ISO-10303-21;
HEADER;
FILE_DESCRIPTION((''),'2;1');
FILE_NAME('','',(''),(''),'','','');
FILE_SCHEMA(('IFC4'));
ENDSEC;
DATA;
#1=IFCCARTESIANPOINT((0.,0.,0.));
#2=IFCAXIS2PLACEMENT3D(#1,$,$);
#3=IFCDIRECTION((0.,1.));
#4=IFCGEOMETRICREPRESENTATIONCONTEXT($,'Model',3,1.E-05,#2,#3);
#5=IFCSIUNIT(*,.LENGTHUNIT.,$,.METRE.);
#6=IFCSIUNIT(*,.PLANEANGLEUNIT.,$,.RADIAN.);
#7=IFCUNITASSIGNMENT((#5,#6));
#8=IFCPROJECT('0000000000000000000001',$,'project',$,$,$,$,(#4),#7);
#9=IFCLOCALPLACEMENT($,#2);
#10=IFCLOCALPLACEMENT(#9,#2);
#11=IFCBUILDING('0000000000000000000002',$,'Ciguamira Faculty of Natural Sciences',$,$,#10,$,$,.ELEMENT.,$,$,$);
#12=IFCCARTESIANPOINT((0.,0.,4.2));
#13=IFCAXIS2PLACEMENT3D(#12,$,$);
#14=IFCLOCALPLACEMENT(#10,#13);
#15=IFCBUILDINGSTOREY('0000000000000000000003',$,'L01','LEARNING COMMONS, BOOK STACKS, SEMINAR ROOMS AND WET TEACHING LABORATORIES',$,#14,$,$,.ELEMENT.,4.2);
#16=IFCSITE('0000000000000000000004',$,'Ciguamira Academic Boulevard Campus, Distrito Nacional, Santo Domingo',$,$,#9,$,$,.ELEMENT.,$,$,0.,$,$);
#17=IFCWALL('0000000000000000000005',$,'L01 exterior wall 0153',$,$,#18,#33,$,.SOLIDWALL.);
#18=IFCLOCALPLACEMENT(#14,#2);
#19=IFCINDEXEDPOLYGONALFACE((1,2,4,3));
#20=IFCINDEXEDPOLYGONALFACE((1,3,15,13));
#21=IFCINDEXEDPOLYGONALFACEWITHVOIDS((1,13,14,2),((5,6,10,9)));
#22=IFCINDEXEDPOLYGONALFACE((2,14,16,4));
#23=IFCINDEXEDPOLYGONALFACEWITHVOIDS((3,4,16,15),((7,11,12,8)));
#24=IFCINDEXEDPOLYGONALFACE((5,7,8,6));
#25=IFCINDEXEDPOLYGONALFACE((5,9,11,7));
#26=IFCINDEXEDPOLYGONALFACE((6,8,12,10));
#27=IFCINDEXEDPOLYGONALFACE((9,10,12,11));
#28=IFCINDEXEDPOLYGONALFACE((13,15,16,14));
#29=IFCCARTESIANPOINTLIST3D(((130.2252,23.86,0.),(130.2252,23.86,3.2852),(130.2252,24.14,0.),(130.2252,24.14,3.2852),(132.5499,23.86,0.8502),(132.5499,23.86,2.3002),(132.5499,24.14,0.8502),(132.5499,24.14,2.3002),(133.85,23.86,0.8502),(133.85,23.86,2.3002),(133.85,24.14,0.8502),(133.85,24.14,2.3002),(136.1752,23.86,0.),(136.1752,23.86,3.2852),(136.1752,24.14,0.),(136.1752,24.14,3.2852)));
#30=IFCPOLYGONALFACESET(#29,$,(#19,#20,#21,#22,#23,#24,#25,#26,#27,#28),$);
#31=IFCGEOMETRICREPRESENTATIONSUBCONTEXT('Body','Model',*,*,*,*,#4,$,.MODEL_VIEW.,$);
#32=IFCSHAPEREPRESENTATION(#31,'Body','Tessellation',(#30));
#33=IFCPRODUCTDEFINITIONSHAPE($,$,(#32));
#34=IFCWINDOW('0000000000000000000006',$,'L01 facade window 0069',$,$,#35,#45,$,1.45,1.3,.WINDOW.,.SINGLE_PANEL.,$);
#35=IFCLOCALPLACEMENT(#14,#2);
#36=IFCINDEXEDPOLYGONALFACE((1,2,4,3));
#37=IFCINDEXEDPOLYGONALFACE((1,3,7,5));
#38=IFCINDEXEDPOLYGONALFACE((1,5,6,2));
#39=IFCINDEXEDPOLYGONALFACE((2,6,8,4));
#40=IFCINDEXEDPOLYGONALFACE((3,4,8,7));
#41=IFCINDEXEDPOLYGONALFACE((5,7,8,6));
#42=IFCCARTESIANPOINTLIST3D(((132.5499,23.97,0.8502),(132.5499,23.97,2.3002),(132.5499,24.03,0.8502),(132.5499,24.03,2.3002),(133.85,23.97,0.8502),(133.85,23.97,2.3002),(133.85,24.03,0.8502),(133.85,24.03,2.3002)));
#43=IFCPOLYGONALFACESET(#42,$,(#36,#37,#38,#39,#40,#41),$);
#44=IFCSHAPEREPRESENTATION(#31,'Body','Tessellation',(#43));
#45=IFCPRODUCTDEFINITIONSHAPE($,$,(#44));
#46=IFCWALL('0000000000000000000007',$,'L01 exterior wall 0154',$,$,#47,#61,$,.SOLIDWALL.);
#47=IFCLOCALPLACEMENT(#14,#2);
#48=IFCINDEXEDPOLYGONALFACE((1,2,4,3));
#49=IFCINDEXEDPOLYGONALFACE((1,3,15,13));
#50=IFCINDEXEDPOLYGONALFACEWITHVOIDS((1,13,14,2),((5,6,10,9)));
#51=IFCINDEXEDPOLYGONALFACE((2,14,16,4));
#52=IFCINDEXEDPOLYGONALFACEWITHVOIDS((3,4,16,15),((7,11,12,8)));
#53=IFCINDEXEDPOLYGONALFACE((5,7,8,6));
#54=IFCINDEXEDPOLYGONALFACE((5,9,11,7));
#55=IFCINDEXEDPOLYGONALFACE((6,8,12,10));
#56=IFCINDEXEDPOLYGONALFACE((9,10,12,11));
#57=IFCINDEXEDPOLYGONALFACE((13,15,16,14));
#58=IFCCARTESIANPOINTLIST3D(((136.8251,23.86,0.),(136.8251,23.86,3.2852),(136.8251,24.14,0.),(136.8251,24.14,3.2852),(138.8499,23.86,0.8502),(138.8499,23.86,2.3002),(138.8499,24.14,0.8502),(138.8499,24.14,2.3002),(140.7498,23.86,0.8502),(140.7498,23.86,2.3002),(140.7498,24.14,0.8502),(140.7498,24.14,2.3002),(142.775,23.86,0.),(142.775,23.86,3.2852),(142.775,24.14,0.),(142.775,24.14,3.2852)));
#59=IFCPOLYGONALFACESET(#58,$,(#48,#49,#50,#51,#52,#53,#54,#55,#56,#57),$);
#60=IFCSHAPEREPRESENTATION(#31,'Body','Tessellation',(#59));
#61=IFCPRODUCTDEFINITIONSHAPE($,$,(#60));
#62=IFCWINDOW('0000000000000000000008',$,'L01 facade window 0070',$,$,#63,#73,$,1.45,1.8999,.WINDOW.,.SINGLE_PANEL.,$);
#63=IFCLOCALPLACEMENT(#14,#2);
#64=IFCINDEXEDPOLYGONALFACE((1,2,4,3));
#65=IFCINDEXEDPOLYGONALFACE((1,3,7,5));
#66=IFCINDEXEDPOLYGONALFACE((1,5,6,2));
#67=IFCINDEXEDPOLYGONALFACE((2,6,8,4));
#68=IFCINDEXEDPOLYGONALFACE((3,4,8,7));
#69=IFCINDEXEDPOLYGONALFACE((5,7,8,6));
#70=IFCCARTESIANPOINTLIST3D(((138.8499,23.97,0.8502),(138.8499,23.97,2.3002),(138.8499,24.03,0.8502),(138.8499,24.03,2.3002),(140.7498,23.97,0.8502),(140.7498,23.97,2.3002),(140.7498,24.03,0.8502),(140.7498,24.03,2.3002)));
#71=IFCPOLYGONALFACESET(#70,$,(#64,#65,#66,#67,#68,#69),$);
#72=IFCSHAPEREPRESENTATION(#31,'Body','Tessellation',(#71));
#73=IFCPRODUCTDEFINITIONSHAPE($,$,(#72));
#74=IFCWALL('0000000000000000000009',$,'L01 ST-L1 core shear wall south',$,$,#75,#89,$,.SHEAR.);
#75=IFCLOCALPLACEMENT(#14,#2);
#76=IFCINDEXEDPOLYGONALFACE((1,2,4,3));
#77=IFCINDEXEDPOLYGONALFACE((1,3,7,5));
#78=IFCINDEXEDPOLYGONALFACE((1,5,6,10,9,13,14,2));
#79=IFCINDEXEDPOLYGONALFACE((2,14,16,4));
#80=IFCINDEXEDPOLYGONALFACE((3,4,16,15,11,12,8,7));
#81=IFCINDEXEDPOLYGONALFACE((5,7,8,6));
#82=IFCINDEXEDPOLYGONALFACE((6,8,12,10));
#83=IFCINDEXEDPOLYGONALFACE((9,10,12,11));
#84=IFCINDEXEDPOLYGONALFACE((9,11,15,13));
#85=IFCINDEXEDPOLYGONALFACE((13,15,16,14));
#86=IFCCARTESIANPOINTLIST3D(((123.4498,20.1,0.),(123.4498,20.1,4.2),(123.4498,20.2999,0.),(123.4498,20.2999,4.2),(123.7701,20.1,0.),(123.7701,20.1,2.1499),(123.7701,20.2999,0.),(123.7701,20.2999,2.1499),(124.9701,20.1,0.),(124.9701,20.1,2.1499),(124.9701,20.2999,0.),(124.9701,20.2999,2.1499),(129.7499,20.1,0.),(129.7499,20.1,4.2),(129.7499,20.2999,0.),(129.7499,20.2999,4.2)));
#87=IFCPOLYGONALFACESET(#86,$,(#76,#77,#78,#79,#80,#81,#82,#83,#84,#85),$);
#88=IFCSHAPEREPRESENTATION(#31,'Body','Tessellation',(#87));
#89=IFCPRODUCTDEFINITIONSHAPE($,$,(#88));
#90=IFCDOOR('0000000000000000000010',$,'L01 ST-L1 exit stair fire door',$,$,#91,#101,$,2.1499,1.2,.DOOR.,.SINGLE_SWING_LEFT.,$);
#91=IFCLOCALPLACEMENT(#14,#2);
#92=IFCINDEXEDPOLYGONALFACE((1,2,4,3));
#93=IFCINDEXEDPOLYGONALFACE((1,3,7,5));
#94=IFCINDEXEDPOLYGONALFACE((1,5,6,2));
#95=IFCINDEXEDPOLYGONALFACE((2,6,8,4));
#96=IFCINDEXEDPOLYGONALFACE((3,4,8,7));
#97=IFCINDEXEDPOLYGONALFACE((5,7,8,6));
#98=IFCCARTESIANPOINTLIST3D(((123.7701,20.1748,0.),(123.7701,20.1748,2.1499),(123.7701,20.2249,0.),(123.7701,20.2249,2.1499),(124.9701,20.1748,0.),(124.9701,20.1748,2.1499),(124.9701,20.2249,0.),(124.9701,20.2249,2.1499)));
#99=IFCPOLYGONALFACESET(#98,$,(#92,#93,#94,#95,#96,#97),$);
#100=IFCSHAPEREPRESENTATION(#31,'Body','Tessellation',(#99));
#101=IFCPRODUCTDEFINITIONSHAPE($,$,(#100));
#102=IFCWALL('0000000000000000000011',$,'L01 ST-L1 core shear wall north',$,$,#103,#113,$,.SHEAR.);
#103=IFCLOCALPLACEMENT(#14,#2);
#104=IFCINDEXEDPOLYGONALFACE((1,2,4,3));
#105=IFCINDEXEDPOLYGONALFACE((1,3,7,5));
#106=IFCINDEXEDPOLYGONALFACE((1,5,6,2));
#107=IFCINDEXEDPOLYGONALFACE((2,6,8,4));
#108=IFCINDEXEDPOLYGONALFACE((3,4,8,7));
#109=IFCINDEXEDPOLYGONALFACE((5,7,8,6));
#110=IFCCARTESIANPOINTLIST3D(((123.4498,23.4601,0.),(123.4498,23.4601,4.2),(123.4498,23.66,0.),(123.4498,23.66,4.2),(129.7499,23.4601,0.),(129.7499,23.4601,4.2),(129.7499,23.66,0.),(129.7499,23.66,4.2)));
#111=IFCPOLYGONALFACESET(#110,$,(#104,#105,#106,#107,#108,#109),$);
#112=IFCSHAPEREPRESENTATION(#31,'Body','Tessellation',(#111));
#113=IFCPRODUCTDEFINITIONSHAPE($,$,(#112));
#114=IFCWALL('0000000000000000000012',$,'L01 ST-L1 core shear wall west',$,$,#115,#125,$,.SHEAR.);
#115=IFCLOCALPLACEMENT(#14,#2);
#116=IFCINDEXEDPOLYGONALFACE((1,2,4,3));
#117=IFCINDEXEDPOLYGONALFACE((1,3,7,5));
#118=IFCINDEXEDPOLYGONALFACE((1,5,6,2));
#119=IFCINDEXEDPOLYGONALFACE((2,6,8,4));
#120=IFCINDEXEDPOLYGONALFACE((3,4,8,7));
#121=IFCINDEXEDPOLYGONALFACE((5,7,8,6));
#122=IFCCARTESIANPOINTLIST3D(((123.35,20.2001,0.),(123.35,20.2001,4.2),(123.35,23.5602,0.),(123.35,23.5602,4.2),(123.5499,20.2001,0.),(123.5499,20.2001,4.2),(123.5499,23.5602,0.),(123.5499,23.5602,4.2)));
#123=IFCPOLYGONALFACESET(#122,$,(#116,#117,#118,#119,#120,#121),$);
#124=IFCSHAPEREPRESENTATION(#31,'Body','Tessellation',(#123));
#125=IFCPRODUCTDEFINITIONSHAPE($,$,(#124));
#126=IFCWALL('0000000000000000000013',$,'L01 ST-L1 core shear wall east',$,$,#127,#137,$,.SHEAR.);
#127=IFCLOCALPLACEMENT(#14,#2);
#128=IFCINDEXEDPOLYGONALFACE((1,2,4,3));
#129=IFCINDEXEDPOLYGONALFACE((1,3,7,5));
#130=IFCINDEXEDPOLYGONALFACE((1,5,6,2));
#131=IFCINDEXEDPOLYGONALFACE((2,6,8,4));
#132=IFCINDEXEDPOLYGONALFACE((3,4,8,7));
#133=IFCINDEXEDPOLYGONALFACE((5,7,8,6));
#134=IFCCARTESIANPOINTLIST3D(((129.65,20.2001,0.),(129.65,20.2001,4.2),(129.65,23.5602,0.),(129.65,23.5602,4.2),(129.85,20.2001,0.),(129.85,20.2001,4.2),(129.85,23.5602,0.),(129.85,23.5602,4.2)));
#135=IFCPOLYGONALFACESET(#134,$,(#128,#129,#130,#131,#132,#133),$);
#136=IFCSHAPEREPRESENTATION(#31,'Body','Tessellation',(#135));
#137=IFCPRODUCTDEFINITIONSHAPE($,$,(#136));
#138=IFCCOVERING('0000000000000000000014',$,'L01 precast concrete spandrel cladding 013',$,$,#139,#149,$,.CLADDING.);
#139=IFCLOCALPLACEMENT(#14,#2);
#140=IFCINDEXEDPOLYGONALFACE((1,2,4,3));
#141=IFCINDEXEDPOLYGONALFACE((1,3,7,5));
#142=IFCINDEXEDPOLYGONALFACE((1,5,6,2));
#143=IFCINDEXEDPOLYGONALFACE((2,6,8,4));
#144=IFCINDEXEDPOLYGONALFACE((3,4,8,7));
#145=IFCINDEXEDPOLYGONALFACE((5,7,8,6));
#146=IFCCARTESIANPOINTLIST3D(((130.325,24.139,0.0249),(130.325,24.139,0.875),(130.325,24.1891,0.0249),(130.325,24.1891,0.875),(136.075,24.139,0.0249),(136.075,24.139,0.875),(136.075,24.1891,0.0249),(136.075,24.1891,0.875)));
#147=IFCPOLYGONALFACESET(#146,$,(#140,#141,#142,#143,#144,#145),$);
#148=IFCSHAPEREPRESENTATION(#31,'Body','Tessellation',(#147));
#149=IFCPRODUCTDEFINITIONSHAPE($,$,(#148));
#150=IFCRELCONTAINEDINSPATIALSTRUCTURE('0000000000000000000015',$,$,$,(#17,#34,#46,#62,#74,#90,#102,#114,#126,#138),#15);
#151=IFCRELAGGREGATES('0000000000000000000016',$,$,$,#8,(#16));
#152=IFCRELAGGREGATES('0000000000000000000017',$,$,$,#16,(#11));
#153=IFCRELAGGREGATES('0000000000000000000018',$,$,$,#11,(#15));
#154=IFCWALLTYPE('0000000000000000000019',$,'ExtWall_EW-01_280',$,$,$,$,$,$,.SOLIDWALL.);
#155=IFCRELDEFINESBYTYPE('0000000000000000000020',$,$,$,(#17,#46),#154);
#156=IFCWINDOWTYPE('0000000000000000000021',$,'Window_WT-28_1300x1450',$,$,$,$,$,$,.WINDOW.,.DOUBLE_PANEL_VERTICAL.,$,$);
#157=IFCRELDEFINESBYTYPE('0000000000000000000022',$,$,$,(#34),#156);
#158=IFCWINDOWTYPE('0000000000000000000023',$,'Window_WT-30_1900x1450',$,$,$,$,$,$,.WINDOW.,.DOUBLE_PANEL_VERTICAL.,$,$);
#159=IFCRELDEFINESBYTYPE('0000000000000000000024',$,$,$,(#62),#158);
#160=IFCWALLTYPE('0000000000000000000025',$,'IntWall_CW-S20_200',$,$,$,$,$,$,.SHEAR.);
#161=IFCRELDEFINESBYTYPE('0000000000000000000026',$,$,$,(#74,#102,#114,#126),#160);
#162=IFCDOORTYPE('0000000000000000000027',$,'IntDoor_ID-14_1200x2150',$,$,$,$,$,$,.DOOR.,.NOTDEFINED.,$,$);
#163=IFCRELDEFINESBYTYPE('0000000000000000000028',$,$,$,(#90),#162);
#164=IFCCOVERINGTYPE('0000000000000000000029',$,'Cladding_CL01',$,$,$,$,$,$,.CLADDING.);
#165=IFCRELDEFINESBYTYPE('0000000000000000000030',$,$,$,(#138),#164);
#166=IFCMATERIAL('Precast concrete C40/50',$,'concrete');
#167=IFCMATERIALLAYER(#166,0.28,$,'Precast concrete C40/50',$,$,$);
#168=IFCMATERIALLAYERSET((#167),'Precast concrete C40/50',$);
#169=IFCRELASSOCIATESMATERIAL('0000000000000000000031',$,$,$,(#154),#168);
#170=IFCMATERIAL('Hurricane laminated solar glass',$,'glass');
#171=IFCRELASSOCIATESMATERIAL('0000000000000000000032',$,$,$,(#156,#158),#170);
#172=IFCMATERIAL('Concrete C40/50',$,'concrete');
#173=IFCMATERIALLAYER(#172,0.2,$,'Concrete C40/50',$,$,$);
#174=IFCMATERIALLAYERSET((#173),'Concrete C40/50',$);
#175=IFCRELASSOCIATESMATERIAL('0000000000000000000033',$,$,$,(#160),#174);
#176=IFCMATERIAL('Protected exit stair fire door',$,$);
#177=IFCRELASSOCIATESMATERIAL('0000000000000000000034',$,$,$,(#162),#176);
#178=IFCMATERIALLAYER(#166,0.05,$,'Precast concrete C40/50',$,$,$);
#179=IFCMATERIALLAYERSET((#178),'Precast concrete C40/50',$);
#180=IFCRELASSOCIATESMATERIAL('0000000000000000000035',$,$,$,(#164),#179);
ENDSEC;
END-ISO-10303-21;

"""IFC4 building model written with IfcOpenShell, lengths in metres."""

from ifc_helpers import new_model, si_unit, direction, frame, frame_2d, origin, origin_2d, place, context, subcontext, project, spatial, rectangle, extrude, material, layer, layer_set, type_object, element, fill, save


model = new_model("IFC4")

# Units and contexts
model_context = context("Model", 3, precision=1e-05, world=origin(), true_north=direction((0.0, 1.0)))
body_context = subcontext(model_context, "Body", "Model", "MODEL_VIEW")
ifc_project = project(units=[si_unit("LENGTHUNIT", "METRE"), si_unit("PLANEANGLEUNIT", "RADIAN")], contexts=[model_context])

# Site, building, storey
site_placement = place(None, origin())
site = spatial("IfcSite", under=ifc_project, at=site_placement, Name="Ciguamira Academic Boulevard Campus, Distrito Nacional, Santo Domingo", CompositionType="ELEMENT", RefElevation=0.0)
building_placement = place(site_placement, origin())
building = spatial("IfcBuilding", under=site, at=building_placement, Name="Ciguamira Faculty of Natural Sciences", CompositionType="ELEMENT")
storey_placement = place(building_placement, frame((0.0, 0.0, 4.2)))
storey = spatial("IfcBuildingStorey", under=building, at=storey_placement, Name="L01", Description="LEARNING COMMONS, BOOK STACKS, SEMINAR ROOMS AND WET TEACHING LABORATORIES", CompositionType="ELEMENT", Elevation=4.2)

# Shared definitions
ifc_material_1 = material(Name="Concrete C40/50", Category="concrete")

# Walls, openings, windows
ifc_material_2 = material(Name="Precast concrete C40/50", Category="concrete")
ifc_layer_1 = layer(ifc_material_2, 0.28, Name="Precast concrete C40/50")
ifc_layer_set_1 = layer_set([ifc_layer_1], Name="Precast concrete C40/50")
wall_type_1 = type_object("IfcWallType", Name="ExtWall_EW-01_280", PredefinedType="SOLIDWALL", material=ifc_layer_set_1)
ifc_material_3 = material(Name="Hurricane laminated solar glass", Category="glass")
wall_1_placement = place(storey_placement, frame((130.2251, 24.0, 0.0), z_axis=(0.0, 0.0, 1.0), x_axis=(1.0, 0.0, 0.0)))
wall_1 = element("IfcWall", 1, at=wall_1_placement, inside=storey, type_object=wall_type_1, Name="L01 exterior wall 0153", PredefinedType="SOLIDWALL", context=body_context, shape_type="SweptSolid", body=[
    extrude(rectangle(XDim=5.95, YDim=0.28, at=frame_2d((2.9751, 0.0))), origin(), (0.0, 0.0, 1.0), 3.2852),
])
opening_1_placement = place(wall_1_placement, frame((2.325, 0.0, 0.8501)))
opening_1 = element("IfcOpeningElement", 2, at=opening_1_placement, cuts=wall_1, PredefinedType="OPENING", context=body_context, shape_type="SweptSolid", body=[
    extrude(rectangle(XDim=1.3, YDim=1.45, at=frame_2d((0.6499, 0.7251))), frame((0.0, 0.1499, 0.0), z_axis=(0.0, -1.0, 0.0), x_axis=(1.0, 0.0, 0.0)), (0.0, 0.0, 1.0), 0.3),
])
window_type_1 = type_object("IfcWindowType", Name="Window_WT-28_1300x1450", PartitioningType="DOUBLE_PANEL_VERTICAL", PredefinedType="WINDOW", material=ifc_material_3)
window_1_placement = place(opening_1_placement, origin())
window_1 = element("IfcWindow", 3, at=window_1_placement, inside=storey, type_object=window_type_1, Name="L01 facade window 0069", OverallHeight=1.45, OverallWidth=1.3, PartitioningType="SINGLE_PANEL", PredefinedType="WINDOW", context=body_context, shape_type="SweptSolid", body=[
    extrude(rectangle(XDim=1.3, YDim=1.45, at=frame_2d((0.6499, 0.7251))), frame((0.0, 0.03, 0.0), z_axis=(0.0, -1.0, 0.0), x_axis=(1.0, 0.0, 0.0)), (0.0, 0.0, 1.0), 0.0601),
])
fill(opening_1, window_1)
wall_2_placement = place(storey_placement, frame((136.825, 24.0, 0.0), z_axis=(0.0, 0.0, 1.0), x_axis=(1.0, 0.0, 0.0)))
wall_2 = element("IfcWall", 4, at=wall_2_placement, inside=storey, type_object=wall_type_1, Name="L01 exterior wall 0154", PredefinedType="SOLIDWALL", context=body_context, shape_type="SweptSolid", body=[
    extrude(rectangle(XDim=5.95, YDim=0.28, at=frame_2d((2.9751, 0.0))), origin(), (0.0, 0.0, 1.0), 3.2852),
])
opening_2_placement = place(wall_2_placement, frame((2.0249, 0.0, 0.8501)))
opening_2 = element("IfcOpeningElement", 5, at=opening_2_placement, cuts=wall_2, PredefinedType="OPENING", context=body_context, shape_type="SweptSolid", body=[
    extrude(rectangle(XDim=1.8999, YDim=1.45, at=frame_2d((0.95, 0.7251))), frame((0.0, 0.1499, 0.0), z_axis=(0.0, -1.0, 0.0), x_axis=(1.0, 0.0, 0.0)), (0.0, 0.0, 1.0), 0.3),
])
window_type_2 = type_object("IfcWindowType", Name="Window_WT-30_1900x1450", PartitioningType="DOUBLE_PANEL_VERTICAL", PredefinedType="WINDOW", material=ifc_material_3)
window_2_placement = place(opening_2_placement, origin())
window_2 = element("IfcWindow", 6, at=window_2_placement, inside=storey, type_object=window_type_2, Name="L01 facade window 0070", OverallHeight=1.45, OverallWidth=1.8999, PartitioningType="SINGLE_PANEL", PredefinedType="WINDOW", context=body_context, shape_type="SweptSolid", body=[
    extrude(rectangle(XDim=1.8999, YDim=1.45, at=frame_2d((0.95, 0.7251))), frame((0.0, 0.03, 0.0), z_axis=(0.0, -1.0, 0.0), x_axis=(1.0, 0.0, 0.0)), (0.0, 0.0, 1.0), 0.0601),
])
fill(opening_2, window_2)

# Wall, opening, door
ifc_layer_2 = layer(ifc_material_1, 0.2, Name="Concrete C40/50")
ifc_layer_set_2 = layer_set([ifc_layer_2], Name="Concrete C40/50")
wall_type_2 = type_object("IfcWallType", Name="IntWall_CW-S20_200", PredefinedType="SHEAR", material=ifc_layer_set_2)
wall_3_placement = place(storey_placement, frame((123.45, 20.2, 0.0), z_axis=(0.0, 0.0, 1.0), x_axis=(1.0, 0.0, 0.0)))
wall_3 = element("IfcWall", 7, at=wall_3_placement, inside=storey, type_object=wall_type_2, Name="L01 ST-L1 core shear wall south", PredefinedType="SHEAR", context=body_context, shape_type="SweptSolid", body=[
    extrude(rectangle(XDim=6.3, YDim=0.2, at=frame_2d((3.1499, 0.0))), origin(), (0.0, 0.0, 1.0), 4.2),
])
opening_3_placement = place(wall_3_placement, frame((0.3201, 0.0, 0.0)))
opening_3 = element("IfcOpeningElement", 8, at=opening_3_placement, cuts=wall_3, PredefinedType="OPENING", context=body_context, shape_type="SweptSolid", body=[
    extrude(rectangle(XDim=1.2, YDim=2.1499, at=frame_2d((0.6001, 1.075))), frame((0.0, 0.1099, 0.0), z_axis=(0.0, -1.0, 0.0), x_axis=(1.0, 0.0, 0.0)), (0.0, 0.0, 1.0), 0.22),
])
ifc_material_4 = material(Name="Protected exit stair fire door")
door_type = type_object("IfcDoorType", Name="IntDoor_ID-14_1200x2150", OperationType="NOTDEFINED", PredefinedType="DOOR", material=ifc_material_4)
door_placement = place(opening_3_placement, origin())
door = element("IfcDoor", 9, at=door_placement, inside=storey, type_object=door_type, Name="L01 ST-L1 exit stair fire door", OperationType="SINGLE_SWING_LEFT", OverallHeight=2.1499, OverallWidth=1.2, PredefinedType="DOOR", context=body_context, shape_type="SweptSolid", body=[
    extrude(rectangle(XDim=1.2, YDim=2.1499, at=frame_2d((0.6001, 1.075))), frame((0.0, 0.0249, 0.0), z_axis=(0.0, -1.0, 0.0), x_axis=(1.0, 0.0, 0.0)), (0.0, 0.0, 1.0), 0.05),
])
fill(opening_3, door)

# Walls
wall_4_placement = place(storey_placement, frame((123.45, 23.5601, 0.0), z_axis=(0.0, 0.0, 1.0), x_axis=(1.0, 0.0, 0.0)))
element("IfcWall", 10, at=wall_4_placement, inside=storey, type_object=wall_type_2, Name="L01 ST-L1 core shear wall north", PredefinedType="SHEAR", context=body_context, shape_type="SweptSolid", body=[
    extrude(rectangle(XDim=6.3, YDim=0.2, at=frame_2d((3.1499, 0.0))), origin(), (0.0, 0.0, 1.0), 4.2),
])
for number, where, z_axis, x_axis, name in (
    (11, (123.45, 20.2, 0.0), (0.0, 0.0, 1.0), (0.0, 1.0, 0.0), "L01 ST-L1 core shear wall west"),
    (12, (129.75, 20.2, 0.0), (0.0, 0.0, 1.0), (0.0, 1.0, 0.0), "L01 ST-L1 core shear wall east"),
):
    element("IfcWall", number, at=place(storey_placement, frame(where, z_axis=z_axis, x_axis=x_axis)), inside=storey, type_object=wall_type_2, Name=name, PredefinedType="SHEAR", context=body_context, shape_type="SweptSolid", body=[
        extrude(rectangle(XDim=3.3601, YDim=0.2, at=frame_2d((1.6802, 0.0))), origin(), (0.0, 0.0, 1.0), 4.2),
    ])

# Covering
ifc_layer_3 = layer(ifc_material_2, 0.05, Name="Precast concrete C40/50")
ifc_layer_set_3 = layer_set([ifc_layer_3], Name="Precast concrete C40/50")
covering_type = type_object("IfcCoveringType", Name="Cladding_CL01", PredefinedType="CLADDING", material=ifc_layer_set_3)
covering_placement = place(storey_placement, frame((133.2, 24.1641, 0.0249), z_axis=(0.0, 0.0, 1.0), x_axis=(1.0, 0.0, 0.0)))
element("IfcCovering", 13, at=covering_placement, inside=storey, type_object=covering_type, Name="L01 precast concrete spandrel cladding 013", PredefinedType="CLADDING", context=body_context, shape_type="SweptSolid", body=[
    extrude(rectangle(XDim=5.75, YDim=0.05, at=origin_2d()), origin(), (0.0, 0.0, 1.0), 0.8501),
])

save(model, "model.ifc")
